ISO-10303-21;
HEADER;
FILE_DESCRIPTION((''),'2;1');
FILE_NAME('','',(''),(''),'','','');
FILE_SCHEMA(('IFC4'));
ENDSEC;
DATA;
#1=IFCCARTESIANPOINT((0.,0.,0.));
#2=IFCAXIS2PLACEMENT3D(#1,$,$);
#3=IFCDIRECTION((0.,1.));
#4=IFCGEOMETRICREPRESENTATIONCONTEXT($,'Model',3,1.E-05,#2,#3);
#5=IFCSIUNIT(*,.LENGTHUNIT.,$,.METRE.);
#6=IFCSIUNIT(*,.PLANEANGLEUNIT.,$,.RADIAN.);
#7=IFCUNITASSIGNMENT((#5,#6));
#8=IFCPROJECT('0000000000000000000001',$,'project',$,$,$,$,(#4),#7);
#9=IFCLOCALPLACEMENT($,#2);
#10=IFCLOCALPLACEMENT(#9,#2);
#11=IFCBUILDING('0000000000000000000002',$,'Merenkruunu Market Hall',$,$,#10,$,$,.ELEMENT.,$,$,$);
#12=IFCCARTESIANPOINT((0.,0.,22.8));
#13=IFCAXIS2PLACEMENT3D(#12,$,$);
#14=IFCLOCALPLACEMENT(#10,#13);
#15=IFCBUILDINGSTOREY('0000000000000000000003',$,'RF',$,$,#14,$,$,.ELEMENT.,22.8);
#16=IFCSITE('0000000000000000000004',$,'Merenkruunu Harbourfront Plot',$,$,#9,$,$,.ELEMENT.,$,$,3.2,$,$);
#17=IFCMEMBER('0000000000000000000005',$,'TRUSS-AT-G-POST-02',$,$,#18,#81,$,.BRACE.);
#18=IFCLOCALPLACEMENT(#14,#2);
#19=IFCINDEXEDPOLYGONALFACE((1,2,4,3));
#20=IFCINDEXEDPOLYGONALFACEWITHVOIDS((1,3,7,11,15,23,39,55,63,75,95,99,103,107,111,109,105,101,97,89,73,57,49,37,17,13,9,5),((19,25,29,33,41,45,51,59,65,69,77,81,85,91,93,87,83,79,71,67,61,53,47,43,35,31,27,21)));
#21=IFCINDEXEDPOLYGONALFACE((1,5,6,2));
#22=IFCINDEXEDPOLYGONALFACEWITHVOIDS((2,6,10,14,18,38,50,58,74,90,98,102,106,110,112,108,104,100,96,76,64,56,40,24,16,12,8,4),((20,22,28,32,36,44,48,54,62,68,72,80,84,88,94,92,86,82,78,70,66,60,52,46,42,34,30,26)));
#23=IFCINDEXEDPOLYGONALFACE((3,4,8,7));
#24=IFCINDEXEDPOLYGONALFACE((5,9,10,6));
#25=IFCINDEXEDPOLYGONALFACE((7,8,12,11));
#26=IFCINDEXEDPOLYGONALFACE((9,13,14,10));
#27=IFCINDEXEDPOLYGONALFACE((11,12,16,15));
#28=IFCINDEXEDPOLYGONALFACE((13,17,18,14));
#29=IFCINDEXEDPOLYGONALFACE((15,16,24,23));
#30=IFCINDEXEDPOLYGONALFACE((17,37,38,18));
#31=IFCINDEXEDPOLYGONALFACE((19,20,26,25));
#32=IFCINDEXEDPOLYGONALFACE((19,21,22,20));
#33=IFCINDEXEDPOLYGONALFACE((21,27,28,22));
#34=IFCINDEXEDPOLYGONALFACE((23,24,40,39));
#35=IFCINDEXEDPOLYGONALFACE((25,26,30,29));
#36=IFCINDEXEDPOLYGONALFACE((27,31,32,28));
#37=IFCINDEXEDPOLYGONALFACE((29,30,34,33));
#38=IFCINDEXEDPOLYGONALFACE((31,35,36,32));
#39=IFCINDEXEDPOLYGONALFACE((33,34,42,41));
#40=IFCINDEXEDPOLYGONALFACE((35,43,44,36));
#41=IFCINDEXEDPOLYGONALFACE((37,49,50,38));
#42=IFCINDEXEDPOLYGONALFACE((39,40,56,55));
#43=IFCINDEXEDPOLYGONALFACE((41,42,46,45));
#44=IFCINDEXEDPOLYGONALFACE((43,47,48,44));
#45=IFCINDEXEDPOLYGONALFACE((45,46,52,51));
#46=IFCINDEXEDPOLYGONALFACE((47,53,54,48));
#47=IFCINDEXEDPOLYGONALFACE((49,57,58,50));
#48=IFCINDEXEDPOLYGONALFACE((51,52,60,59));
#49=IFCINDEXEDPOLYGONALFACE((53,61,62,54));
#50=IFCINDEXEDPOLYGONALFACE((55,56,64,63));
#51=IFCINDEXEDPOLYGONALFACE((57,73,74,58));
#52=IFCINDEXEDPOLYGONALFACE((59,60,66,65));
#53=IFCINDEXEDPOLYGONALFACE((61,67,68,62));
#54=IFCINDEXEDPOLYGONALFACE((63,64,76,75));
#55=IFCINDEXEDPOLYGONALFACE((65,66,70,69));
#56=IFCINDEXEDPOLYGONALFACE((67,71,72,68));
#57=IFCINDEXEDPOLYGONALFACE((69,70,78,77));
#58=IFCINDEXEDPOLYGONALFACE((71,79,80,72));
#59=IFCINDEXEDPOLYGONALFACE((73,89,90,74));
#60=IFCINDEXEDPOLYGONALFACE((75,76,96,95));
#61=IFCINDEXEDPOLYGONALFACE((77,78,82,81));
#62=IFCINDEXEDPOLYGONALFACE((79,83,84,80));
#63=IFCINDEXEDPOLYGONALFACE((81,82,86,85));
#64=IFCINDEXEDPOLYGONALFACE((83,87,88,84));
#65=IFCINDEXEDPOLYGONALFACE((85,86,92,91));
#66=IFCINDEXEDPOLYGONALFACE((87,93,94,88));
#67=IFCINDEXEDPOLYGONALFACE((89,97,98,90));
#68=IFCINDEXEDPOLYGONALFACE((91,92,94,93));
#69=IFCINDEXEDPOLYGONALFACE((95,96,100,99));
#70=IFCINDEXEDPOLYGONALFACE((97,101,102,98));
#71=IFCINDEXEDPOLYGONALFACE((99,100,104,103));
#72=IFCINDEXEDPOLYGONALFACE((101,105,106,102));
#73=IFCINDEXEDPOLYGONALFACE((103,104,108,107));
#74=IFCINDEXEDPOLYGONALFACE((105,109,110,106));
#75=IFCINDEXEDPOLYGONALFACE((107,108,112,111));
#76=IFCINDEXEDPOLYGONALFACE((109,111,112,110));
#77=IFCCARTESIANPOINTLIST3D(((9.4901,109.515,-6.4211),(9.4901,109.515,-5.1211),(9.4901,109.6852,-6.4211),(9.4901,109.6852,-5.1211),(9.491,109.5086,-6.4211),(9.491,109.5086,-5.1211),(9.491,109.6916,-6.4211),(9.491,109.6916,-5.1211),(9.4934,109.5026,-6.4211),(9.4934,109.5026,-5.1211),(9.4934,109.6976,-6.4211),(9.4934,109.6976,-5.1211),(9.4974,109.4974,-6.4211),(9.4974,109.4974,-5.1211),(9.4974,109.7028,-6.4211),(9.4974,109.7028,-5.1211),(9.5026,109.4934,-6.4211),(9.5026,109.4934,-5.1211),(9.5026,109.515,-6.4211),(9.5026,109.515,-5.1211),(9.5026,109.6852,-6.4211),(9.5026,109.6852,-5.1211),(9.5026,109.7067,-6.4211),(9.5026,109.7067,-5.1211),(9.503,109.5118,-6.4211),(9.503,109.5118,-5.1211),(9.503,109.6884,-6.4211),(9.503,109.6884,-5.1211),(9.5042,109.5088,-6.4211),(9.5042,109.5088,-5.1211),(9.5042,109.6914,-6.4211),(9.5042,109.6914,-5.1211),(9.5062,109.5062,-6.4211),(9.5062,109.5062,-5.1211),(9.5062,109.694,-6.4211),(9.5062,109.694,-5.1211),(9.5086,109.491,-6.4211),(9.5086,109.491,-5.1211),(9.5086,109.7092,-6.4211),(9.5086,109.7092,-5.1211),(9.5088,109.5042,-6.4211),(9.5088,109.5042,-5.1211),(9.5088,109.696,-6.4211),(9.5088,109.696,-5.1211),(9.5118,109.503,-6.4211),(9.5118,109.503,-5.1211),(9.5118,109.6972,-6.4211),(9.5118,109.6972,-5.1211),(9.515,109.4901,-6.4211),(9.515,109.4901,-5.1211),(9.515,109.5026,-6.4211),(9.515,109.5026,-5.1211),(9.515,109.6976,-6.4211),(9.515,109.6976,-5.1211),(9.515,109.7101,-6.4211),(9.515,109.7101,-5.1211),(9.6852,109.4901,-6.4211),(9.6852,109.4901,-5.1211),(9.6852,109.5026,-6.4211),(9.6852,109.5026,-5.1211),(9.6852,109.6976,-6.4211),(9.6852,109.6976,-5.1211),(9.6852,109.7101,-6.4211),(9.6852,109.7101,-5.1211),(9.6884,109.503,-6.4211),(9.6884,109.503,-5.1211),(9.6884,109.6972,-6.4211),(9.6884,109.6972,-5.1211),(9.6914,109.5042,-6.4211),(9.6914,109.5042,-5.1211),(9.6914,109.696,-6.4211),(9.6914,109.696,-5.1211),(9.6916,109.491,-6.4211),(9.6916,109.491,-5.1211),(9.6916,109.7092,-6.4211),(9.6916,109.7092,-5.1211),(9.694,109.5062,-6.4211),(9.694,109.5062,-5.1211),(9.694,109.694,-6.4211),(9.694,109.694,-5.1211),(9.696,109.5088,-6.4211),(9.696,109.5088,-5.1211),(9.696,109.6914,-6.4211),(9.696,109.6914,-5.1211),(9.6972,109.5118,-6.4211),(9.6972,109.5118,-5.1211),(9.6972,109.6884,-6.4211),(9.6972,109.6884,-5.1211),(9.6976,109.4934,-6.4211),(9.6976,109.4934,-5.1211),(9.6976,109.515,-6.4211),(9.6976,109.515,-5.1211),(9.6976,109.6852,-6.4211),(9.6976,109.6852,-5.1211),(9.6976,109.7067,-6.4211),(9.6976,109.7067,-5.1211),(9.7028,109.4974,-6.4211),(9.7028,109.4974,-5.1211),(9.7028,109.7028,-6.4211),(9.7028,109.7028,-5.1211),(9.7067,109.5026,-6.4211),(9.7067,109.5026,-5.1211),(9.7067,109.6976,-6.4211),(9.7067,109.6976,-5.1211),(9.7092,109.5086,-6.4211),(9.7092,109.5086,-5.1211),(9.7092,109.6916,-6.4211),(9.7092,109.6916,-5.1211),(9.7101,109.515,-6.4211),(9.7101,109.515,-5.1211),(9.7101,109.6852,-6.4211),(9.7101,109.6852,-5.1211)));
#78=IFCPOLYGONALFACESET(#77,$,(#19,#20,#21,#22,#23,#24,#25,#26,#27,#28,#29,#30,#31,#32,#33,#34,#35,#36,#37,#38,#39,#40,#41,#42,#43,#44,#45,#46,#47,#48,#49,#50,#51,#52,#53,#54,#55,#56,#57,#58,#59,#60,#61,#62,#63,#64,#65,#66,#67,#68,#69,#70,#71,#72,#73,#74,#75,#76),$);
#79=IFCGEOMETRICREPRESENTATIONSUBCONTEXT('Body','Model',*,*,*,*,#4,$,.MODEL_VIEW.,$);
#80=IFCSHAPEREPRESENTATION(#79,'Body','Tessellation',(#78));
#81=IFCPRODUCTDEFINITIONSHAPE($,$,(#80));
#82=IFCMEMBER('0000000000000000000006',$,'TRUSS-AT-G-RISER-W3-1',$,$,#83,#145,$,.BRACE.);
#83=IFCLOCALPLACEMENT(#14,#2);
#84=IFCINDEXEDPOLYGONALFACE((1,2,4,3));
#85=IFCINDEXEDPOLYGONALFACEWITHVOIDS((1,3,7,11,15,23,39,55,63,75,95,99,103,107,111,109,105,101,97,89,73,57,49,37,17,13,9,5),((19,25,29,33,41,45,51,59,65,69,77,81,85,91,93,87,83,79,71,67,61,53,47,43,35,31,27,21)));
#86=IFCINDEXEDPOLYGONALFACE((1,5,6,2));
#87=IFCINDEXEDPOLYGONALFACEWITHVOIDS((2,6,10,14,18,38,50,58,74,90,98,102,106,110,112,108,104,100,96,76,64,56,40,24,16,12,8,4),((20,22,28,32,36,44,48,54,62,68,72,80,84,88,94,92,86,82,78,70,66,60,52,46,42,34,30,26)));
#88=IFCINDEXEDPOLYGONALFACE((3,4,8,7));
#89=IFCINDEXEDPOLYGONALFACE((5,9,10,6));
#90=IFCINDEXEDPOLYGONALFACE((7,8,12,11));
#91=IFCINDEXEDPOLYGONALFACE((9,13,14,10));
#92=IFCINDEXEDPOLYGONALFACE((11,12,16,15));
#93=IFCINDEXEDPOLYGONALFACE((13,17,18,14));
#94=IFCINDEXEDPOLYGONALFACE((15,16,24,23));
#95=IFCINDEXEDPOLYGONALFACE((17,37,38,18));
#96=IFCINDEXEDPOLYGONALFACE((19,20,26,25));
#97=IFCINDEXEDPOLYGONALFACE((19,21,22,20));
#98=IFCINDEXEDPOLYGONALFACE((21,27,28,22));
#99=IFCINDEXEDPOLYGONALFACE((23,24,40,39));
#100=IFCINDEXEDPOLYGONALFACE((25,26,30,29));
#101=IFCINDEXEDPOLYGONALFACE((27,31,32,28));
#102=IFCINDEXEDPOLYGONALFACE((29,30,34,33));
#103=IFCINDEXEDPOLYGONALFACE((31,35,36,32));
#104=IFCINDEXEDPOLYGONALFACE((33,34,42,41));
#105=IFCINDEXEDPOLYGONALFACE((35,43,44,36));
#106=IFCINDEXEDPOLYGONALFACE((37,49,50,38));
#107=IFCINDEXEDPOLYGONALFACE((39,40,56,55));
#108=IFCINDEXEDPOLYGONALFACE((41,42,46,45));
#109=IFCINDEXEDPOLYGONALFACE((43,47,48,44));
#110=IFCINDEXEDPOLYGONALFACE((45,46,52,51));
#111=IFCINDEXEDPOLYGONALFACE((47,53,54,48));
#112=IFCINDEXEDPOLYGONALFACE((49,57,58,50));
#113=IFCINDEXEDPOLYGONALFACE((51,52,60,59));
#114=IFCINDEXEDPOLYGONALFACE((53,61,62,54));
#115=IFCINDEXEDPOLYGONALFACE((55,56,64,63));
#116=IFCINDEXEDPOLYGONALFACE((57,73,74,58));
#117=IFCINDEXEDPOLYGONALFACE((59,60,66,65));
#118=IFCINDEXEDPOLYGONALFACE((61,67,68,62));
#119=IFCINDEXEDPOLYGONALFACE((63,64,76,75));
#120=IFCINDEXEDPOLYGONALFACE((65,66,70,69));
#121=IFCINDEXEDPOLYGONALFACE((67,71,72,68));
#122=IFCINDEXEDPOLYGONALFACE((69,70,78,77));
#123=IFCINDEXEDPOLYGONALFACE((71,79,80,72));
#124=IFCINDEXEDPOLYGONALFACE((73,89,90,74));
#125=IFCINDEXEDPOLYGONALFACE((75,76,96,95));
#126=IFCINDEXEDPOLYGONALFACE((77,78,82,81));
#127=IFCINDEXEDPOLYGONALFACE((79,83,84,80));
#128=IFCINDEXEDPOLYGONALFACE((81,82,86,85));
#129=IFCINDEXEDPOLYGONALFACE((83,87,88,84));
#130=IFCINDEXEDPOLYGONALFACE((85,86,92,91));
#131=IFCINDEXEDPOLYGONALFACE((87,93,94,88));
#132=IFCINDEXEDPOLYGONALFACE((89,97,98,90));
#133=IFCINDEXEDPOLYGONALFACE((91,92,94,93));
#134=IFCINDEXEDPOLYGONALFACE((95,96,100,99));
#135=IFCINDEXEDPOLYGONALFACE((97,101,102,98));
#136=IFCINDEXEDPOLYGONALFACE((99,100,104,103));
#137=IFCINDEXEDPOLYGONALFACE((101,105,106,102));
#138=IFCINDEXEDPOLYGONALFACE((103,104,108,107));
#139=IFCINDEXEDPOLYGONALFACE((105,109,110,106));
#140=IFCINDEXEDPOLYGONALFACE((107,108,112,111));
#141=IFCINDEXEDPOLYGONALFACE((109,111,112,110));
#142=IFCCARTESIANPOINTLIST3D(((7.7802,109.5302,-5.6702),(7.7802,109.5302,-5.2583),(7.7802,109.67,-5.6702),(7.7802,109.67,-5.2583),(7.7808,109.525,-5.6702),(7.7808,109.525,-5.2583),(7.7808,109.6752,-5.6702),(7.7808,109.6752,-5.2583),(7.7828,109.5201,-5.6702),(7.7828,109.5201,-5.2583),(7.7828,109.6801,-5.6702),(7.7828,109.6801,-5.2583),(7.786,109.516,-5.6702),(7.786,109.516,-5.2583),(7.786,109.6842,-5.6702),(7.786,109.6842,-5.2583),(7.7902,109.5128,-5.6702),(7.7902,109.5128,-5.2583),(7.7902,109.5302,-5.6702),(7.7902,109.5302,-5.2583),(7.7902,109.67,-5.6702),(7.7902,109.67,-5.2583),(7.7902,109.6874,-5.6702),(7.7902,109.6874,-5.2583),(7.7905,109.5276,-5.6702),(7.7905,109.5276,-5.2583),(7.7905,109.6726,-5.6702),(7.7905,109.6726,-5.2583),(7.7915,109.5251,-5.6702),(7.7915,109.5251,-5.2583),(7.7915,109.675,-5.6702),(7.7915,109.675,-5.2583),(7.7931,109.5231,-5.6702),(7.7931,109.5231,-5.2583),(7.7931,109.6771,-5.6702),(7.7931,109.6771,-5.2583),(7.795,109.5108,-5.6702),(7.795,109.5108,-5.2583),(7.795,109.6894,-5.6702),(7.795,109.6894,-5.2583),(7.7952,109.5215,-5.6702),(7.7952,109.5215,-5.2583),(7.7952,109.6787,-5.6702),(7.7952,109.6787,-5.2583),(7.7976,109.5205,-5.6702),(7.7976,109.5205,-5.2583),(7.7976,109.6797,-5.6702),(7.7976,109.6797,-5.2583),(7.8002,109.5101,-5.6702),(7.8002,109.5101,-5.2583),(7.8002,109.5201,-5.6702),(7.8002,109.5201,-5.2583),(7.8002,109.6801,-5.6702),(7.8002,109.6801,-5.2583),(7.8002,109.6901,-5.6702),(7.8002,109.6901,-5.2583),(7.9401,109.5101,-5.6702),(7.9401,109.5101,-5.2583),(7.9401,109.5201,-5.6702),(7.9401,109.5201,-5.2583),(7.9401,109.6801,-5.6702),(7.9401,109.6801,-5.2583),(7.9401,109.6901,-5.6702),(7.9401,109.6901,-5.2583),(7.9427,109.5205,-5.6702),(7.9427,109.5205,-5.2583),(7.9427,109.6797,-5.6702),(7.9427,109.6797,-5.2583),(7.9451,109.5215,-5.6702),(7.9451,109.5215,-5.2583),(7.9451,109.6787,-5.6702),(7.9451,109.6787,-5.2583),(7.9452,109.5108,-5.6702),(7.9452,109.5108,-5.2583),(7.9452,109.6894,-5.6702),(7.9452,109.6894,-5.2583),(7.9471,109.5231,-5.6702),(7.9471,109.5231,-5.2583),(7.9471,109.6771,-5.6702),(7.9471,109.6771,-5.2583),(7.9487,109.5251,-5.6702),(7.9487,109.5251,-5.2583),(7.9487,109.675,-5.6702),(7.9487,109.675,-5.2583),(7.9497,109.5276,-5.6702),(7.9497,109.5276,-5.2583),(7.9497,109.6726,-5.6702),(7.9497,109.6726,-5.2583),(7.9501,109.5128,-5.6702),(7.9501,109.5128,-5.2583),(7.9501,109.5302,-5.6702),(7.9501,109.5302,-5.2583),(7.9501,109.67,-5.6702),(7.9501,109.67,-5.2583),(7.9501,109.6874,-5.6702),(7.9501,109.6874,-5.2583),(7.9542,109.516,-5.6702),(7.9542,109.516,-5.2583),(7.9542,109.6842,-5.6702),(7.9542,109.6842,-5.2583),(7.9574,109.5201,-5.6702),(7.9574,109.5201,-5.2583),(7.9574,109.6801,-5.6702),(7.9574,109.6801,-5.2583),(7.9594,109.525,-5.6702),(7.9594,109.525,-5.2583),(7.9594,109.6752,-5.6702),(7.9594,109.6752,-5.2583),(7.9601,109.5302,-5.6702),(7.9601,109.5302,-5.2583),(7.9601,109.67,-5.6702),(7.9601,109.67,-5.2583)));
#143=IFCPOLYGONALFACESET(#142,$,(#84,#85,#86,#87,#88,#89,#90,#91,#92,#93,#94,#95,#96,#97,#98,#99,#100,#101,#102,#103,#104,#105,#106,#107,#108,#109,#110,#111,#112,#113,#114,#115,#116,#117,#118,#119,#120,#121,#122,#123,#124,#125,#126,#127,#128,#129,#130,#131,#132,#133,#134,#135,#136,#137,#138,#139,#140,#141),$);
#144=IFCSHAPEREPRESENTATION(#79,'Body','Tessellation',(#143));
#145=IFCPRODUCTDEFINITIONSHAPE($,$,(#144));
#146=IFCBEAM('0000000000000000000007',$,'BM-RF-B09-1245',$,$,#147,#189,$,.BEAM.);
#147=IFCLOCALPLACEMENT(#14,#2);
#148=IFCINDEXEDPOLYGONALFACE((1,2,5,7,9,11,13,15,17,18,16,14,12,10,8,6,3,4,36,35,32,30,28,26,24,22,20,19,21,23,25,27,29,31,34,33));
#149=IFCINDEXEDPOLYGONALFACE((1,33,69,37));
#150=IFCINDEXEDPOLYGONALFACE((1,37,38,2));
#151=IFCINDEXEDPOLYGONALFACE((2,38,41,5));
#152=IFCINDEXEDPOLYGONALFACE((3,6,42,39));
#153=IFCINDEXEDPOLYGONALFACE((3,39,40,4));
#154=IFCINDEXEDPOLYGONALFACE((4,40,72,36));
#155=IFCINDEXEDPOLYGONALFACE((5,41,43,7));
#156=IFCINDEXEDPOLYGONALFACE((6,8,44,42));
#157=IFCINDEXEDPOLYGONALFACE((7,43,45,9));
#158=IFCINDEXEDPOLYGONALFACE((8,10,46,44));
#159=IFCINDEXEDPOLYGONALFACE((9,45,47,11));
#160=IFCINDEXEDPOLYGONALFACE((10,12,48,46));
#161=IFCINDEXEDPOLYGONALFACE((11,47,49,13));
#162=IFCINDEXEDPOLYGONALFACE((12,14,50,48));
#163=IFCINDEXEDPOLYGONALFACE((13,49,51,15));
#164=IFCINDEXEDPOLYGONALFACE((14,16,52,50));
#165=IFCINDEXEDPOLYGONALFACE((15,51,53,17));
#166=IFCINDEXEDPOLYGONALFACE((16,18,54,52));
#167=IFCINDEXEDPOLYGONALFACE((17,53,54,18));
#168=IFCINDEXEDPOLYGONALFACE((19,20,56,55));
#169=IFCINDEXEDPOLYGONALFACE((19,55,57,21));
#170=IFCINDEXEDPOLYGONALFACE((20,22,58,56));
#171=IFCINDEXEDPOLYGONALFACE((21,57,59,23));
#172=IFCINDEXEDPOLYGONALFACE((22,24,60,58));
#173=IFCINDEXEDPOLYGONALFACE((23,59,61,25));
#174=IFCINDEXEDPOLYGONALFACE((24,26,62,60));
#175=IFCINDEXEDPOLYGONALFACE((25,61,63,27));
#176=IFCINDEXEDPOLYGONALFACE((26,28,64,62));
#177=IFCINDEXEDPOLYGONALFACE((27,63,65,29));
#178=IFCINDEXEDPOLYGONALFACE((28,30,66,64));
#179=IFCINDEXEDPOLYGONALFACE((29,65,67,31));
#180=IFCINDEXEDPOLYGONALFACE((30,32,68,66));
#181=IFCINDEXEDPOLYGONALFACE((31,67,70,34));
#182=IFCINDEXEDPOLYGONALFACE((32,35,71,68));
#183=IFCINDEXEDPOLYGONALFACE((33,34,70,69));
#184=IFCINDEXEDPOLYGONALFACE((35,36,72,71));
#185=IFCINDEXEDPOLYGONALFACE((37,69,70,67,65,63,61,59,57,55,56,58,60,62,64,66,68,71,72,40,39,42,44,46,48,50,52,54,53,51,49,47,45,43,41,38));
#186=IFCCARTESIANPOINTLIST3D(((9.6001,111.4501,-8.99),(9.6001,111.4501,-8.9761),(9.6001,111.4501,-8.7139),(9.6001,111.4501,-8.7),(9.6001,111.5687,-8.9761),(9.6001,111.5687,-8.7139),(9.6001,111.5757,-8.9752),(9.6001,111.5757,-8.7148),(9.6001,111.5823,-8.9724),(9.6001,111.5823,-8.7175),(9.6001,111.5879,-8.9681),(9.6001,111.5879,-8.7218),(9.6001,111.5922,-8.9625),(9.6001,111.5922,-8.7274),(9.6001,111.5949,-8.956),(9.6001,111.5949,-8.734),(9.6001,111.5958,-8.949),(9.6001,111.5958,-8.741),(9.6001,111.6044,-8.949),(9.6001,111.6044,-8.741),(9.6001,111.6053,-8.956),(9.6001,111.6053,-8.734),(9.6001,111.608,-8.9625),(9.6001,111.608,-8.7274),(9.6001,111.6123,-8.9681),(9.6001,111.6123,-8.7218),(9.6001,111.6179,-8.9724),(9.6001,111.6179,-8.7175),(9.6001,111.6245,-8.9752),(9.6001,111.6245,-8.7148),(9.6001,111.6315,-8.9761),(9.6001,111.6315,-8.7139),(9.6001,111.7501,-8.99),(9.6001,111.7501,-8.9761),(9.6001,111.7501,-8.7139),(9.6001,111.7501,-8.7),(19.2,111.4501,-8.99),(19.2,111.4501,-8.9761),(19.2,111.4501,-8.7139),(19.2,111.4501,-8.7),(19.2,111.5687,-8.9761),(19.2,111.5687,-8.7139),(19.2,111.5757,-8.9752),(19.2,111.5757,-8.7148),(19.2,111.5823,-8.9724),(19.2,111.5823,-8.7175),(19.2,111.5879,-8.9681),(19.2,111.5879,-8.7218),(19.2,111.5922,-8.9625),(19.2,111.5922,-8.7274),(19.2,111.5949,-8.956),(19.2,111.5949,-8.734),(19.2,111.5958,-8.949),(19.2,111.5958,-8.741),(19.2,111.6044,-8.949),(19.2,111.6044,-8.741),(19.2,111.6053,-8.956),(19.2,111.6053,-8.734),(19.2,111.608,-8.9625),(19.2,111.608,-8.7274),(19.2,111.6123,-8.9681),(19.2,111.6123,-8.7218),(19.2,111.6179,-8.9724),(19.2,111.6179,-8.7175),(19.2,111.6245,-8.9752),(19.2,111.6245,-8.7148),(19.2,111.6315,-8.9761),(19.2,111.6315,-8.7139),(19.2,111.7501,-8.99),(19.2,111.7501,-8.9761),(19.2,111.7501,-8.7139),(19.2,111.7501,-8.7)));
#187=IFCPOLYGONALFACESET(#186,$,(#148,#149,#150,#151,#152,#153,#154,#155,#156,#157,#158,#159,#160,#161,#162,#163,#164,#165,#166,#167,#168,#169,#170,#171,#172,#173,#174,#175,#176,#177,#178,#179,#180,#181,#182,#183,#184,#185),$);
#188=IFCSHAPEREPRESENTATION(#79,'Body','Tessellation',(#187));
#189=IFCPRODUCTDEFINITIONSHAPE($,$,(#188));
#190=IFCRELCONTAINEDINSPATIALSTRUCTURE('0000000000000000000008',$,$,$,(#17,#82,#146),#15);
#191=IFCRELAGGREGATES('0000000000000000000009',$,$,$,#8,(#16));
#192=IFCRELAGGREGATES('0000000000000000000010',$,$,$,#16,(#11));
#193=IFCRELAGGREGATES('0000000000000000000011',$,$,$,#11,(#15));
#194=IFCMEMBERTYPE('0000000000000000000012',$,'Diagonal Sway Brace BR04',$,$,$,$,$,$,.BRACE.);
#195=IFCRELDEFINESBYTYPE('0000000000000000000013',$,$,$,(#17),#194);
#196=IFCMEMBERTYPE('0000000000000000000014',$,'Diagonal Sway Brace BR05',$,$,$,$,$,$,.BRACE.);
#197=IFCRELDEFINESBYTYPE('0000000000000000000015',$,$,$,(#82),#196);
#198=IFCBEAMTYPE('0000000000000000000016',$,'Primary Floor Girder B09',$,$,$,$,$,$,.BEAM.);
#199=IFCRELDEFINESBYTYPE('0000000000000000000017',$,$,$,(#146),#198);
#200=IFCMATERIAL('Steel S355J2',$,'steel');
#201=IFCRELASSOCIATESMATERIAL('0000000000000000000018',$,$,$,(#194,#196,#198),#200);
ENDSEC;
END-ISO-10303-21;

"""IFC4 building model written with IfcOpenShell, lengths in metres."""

from ifc_helpers import new_model, si_unit, direction, frame, origin, origin_2d, place, context, subcontext, project, spatial, hollow_rectangle, i_section, extrude, material, material_profile, profile_set, type_object, element, save


model = new_model("IFC4")

# Units and contexts
model_context = context("Model", 3, precision=1e-05, world=origin(), true_north=direction((0.0, 1.0)))
body_context = subcontext(model_context, "Body", "Model", "MODEL_VIEW")
ifc_project = project(units=[si_unit("LENGTHUNIT", "METRE"), si_unit("PLANEANGLEUNIT", "RADIAN")], contexts=[model_context])

# Site, building, storey
site_placement = place(None, origin())
site = spatial("IfcSite", under=ifc_project, at=site_placement, Name="Merenkruunu Harbourfront Plot", CompositionType="ELEMENT", RefElevation=3.2)
building_placement = place(site_placement, origin())
building = spatial("IfcBuilding", under=site, at=building_placement, Name="Merenkruunu Market Hall", CompositionType="ELEMENT")
storey_placement = place(building_placement, frame((0.0, 0.0, 22.8)))
storey = spatial("IfcBuildingStorey", under=building, at=storey_placement, Name="RF", CompositionType="ELEMENT", Elevation=22.8)

# Members
ifc_material_1 = material(Name="Steel S355J2", Category="steel")
ifc_material_profile_1 = material_profile(ifc_material_1, hollow_rectangle(XDim=0.22, YDim=0.22, WallThickness=0.0125, InnerFilletRadius=0.0125, OuterFilletRadius=0.0249, at=origin_2d()), Name="SHS 220x220x12.5")
ifc_profile_set_1 = profile_set([ifc_material_profile_1], Name="Steel S355J2")
member_type_1 = type_object("IfcMemberType", Name="Diagonal Sway Brace BR04", PredefinedType="BRACE", material=ifc_profile_set_1)
member_1_placement = place(storey_placement, frame((9.6001, 109.6001, -6.4211), z_axis=(0.0, 0.0, 1.0), x_axis=(1.0, 0.0, 0.0)))
element("IfcMember", 1, at=member_1_placement, inside=storey, type_object=member_type_1, Name="TRUSS-AT-G-POST-02", PredefinedType="BRACE", context=body_context, shape_type="SweptSolid", body=[
    extrude(hollow_rectangle(XDim=0.22, YDim=0.22, WallThickness=0.0125, InnerFilletRadius=0.0125, OuterFilletRadius=0.0249, at=origin_2d()), origin(), (0.0, 0.0, 1.0), 1.3),
])
ifc_material_profile_2 = material_profile(ifc_material_1, hollow_rectangle(XDim=0.1799, YDim=0.1799, WallThickness=0.01, InnerFilletRadius=0.01, OuterFilletRadius=0.02, at=origin_2d()), Name="SHS 180x180x10")
ifc_profile_set_2 = profile_set([ifc_material_profile_2], Name="Steel S355J2")
member_type_2 = type_object("IfcMemberType", Name="Diagonal Sway Brace BR05", PredefinedType="BRACE", material=ifc_profile_set_2)
member_2_placement = place(storey_placement, frame((7.8701, 109.6001, -5.6702), z_axis=(0.0, 0.0, 1.0), x_axis=(1.0, 0.0, 0.0)))
element("IfcMember", 2, at=member_2_placement, inside=storey, type_object=member_type_2, Name="TRUSS-AT-G-RISER-W3-1", PredefinedType="BRACE", context=body_context, shape_type="SweptSolid", body=[
    extrude(hollow_rectangle(XDim=0.1799, YDim=0.1799, WallThickness=0.01, InnerFilletRadius=0.01, OuterFilletRadius=0.02, at=origin_2d()), origin(), (0.0, 0.0, 1.0), 0.4119),
])

# Beam
ifc_material_profile_3 = material_profile(ifc_material_1, i_section(OverallWidth=0.3, OverallDepth=0.29, WebThickness=0.0085, FlangeThickness=0.0139, FilletRadius=0.0271, at=origin_2d()), Name="HEA 300")
ifc_profile_set_3 = profile_set([ifc_material_profile_3], Name="Steel S355J2")
beam_type = type_object("IfcBeamType", Name="Primary Floor Girder B09", PredefinedType="BEAM", material=ifc_profile_set_3)
beam_placement = place(storey_placement, frame((9.6001, 111.6001, -8.845), z_axis=(1.0, 0.0, 0.0), x_axis=(0.0, 1.0, 0.0)))
element("IfcBeam", 3, at=beam_placement, inside=storey, type_object=beam_type, Name="BM-RF-B09-1245", PredefinedType="BEAM", context=body_context, shape_type="SweptSolid", body=[
    extrude(i_section(OverallWidth=0.3, OverallDepth=0.29, WebThickness=0.0085, FlangeThickness=0.0139, FilletRadius=0.0271, at=origin_2d()), origin(), (0.0, 0.0, 1.0), 9.5999),
])

save(model, "model.ifc")
